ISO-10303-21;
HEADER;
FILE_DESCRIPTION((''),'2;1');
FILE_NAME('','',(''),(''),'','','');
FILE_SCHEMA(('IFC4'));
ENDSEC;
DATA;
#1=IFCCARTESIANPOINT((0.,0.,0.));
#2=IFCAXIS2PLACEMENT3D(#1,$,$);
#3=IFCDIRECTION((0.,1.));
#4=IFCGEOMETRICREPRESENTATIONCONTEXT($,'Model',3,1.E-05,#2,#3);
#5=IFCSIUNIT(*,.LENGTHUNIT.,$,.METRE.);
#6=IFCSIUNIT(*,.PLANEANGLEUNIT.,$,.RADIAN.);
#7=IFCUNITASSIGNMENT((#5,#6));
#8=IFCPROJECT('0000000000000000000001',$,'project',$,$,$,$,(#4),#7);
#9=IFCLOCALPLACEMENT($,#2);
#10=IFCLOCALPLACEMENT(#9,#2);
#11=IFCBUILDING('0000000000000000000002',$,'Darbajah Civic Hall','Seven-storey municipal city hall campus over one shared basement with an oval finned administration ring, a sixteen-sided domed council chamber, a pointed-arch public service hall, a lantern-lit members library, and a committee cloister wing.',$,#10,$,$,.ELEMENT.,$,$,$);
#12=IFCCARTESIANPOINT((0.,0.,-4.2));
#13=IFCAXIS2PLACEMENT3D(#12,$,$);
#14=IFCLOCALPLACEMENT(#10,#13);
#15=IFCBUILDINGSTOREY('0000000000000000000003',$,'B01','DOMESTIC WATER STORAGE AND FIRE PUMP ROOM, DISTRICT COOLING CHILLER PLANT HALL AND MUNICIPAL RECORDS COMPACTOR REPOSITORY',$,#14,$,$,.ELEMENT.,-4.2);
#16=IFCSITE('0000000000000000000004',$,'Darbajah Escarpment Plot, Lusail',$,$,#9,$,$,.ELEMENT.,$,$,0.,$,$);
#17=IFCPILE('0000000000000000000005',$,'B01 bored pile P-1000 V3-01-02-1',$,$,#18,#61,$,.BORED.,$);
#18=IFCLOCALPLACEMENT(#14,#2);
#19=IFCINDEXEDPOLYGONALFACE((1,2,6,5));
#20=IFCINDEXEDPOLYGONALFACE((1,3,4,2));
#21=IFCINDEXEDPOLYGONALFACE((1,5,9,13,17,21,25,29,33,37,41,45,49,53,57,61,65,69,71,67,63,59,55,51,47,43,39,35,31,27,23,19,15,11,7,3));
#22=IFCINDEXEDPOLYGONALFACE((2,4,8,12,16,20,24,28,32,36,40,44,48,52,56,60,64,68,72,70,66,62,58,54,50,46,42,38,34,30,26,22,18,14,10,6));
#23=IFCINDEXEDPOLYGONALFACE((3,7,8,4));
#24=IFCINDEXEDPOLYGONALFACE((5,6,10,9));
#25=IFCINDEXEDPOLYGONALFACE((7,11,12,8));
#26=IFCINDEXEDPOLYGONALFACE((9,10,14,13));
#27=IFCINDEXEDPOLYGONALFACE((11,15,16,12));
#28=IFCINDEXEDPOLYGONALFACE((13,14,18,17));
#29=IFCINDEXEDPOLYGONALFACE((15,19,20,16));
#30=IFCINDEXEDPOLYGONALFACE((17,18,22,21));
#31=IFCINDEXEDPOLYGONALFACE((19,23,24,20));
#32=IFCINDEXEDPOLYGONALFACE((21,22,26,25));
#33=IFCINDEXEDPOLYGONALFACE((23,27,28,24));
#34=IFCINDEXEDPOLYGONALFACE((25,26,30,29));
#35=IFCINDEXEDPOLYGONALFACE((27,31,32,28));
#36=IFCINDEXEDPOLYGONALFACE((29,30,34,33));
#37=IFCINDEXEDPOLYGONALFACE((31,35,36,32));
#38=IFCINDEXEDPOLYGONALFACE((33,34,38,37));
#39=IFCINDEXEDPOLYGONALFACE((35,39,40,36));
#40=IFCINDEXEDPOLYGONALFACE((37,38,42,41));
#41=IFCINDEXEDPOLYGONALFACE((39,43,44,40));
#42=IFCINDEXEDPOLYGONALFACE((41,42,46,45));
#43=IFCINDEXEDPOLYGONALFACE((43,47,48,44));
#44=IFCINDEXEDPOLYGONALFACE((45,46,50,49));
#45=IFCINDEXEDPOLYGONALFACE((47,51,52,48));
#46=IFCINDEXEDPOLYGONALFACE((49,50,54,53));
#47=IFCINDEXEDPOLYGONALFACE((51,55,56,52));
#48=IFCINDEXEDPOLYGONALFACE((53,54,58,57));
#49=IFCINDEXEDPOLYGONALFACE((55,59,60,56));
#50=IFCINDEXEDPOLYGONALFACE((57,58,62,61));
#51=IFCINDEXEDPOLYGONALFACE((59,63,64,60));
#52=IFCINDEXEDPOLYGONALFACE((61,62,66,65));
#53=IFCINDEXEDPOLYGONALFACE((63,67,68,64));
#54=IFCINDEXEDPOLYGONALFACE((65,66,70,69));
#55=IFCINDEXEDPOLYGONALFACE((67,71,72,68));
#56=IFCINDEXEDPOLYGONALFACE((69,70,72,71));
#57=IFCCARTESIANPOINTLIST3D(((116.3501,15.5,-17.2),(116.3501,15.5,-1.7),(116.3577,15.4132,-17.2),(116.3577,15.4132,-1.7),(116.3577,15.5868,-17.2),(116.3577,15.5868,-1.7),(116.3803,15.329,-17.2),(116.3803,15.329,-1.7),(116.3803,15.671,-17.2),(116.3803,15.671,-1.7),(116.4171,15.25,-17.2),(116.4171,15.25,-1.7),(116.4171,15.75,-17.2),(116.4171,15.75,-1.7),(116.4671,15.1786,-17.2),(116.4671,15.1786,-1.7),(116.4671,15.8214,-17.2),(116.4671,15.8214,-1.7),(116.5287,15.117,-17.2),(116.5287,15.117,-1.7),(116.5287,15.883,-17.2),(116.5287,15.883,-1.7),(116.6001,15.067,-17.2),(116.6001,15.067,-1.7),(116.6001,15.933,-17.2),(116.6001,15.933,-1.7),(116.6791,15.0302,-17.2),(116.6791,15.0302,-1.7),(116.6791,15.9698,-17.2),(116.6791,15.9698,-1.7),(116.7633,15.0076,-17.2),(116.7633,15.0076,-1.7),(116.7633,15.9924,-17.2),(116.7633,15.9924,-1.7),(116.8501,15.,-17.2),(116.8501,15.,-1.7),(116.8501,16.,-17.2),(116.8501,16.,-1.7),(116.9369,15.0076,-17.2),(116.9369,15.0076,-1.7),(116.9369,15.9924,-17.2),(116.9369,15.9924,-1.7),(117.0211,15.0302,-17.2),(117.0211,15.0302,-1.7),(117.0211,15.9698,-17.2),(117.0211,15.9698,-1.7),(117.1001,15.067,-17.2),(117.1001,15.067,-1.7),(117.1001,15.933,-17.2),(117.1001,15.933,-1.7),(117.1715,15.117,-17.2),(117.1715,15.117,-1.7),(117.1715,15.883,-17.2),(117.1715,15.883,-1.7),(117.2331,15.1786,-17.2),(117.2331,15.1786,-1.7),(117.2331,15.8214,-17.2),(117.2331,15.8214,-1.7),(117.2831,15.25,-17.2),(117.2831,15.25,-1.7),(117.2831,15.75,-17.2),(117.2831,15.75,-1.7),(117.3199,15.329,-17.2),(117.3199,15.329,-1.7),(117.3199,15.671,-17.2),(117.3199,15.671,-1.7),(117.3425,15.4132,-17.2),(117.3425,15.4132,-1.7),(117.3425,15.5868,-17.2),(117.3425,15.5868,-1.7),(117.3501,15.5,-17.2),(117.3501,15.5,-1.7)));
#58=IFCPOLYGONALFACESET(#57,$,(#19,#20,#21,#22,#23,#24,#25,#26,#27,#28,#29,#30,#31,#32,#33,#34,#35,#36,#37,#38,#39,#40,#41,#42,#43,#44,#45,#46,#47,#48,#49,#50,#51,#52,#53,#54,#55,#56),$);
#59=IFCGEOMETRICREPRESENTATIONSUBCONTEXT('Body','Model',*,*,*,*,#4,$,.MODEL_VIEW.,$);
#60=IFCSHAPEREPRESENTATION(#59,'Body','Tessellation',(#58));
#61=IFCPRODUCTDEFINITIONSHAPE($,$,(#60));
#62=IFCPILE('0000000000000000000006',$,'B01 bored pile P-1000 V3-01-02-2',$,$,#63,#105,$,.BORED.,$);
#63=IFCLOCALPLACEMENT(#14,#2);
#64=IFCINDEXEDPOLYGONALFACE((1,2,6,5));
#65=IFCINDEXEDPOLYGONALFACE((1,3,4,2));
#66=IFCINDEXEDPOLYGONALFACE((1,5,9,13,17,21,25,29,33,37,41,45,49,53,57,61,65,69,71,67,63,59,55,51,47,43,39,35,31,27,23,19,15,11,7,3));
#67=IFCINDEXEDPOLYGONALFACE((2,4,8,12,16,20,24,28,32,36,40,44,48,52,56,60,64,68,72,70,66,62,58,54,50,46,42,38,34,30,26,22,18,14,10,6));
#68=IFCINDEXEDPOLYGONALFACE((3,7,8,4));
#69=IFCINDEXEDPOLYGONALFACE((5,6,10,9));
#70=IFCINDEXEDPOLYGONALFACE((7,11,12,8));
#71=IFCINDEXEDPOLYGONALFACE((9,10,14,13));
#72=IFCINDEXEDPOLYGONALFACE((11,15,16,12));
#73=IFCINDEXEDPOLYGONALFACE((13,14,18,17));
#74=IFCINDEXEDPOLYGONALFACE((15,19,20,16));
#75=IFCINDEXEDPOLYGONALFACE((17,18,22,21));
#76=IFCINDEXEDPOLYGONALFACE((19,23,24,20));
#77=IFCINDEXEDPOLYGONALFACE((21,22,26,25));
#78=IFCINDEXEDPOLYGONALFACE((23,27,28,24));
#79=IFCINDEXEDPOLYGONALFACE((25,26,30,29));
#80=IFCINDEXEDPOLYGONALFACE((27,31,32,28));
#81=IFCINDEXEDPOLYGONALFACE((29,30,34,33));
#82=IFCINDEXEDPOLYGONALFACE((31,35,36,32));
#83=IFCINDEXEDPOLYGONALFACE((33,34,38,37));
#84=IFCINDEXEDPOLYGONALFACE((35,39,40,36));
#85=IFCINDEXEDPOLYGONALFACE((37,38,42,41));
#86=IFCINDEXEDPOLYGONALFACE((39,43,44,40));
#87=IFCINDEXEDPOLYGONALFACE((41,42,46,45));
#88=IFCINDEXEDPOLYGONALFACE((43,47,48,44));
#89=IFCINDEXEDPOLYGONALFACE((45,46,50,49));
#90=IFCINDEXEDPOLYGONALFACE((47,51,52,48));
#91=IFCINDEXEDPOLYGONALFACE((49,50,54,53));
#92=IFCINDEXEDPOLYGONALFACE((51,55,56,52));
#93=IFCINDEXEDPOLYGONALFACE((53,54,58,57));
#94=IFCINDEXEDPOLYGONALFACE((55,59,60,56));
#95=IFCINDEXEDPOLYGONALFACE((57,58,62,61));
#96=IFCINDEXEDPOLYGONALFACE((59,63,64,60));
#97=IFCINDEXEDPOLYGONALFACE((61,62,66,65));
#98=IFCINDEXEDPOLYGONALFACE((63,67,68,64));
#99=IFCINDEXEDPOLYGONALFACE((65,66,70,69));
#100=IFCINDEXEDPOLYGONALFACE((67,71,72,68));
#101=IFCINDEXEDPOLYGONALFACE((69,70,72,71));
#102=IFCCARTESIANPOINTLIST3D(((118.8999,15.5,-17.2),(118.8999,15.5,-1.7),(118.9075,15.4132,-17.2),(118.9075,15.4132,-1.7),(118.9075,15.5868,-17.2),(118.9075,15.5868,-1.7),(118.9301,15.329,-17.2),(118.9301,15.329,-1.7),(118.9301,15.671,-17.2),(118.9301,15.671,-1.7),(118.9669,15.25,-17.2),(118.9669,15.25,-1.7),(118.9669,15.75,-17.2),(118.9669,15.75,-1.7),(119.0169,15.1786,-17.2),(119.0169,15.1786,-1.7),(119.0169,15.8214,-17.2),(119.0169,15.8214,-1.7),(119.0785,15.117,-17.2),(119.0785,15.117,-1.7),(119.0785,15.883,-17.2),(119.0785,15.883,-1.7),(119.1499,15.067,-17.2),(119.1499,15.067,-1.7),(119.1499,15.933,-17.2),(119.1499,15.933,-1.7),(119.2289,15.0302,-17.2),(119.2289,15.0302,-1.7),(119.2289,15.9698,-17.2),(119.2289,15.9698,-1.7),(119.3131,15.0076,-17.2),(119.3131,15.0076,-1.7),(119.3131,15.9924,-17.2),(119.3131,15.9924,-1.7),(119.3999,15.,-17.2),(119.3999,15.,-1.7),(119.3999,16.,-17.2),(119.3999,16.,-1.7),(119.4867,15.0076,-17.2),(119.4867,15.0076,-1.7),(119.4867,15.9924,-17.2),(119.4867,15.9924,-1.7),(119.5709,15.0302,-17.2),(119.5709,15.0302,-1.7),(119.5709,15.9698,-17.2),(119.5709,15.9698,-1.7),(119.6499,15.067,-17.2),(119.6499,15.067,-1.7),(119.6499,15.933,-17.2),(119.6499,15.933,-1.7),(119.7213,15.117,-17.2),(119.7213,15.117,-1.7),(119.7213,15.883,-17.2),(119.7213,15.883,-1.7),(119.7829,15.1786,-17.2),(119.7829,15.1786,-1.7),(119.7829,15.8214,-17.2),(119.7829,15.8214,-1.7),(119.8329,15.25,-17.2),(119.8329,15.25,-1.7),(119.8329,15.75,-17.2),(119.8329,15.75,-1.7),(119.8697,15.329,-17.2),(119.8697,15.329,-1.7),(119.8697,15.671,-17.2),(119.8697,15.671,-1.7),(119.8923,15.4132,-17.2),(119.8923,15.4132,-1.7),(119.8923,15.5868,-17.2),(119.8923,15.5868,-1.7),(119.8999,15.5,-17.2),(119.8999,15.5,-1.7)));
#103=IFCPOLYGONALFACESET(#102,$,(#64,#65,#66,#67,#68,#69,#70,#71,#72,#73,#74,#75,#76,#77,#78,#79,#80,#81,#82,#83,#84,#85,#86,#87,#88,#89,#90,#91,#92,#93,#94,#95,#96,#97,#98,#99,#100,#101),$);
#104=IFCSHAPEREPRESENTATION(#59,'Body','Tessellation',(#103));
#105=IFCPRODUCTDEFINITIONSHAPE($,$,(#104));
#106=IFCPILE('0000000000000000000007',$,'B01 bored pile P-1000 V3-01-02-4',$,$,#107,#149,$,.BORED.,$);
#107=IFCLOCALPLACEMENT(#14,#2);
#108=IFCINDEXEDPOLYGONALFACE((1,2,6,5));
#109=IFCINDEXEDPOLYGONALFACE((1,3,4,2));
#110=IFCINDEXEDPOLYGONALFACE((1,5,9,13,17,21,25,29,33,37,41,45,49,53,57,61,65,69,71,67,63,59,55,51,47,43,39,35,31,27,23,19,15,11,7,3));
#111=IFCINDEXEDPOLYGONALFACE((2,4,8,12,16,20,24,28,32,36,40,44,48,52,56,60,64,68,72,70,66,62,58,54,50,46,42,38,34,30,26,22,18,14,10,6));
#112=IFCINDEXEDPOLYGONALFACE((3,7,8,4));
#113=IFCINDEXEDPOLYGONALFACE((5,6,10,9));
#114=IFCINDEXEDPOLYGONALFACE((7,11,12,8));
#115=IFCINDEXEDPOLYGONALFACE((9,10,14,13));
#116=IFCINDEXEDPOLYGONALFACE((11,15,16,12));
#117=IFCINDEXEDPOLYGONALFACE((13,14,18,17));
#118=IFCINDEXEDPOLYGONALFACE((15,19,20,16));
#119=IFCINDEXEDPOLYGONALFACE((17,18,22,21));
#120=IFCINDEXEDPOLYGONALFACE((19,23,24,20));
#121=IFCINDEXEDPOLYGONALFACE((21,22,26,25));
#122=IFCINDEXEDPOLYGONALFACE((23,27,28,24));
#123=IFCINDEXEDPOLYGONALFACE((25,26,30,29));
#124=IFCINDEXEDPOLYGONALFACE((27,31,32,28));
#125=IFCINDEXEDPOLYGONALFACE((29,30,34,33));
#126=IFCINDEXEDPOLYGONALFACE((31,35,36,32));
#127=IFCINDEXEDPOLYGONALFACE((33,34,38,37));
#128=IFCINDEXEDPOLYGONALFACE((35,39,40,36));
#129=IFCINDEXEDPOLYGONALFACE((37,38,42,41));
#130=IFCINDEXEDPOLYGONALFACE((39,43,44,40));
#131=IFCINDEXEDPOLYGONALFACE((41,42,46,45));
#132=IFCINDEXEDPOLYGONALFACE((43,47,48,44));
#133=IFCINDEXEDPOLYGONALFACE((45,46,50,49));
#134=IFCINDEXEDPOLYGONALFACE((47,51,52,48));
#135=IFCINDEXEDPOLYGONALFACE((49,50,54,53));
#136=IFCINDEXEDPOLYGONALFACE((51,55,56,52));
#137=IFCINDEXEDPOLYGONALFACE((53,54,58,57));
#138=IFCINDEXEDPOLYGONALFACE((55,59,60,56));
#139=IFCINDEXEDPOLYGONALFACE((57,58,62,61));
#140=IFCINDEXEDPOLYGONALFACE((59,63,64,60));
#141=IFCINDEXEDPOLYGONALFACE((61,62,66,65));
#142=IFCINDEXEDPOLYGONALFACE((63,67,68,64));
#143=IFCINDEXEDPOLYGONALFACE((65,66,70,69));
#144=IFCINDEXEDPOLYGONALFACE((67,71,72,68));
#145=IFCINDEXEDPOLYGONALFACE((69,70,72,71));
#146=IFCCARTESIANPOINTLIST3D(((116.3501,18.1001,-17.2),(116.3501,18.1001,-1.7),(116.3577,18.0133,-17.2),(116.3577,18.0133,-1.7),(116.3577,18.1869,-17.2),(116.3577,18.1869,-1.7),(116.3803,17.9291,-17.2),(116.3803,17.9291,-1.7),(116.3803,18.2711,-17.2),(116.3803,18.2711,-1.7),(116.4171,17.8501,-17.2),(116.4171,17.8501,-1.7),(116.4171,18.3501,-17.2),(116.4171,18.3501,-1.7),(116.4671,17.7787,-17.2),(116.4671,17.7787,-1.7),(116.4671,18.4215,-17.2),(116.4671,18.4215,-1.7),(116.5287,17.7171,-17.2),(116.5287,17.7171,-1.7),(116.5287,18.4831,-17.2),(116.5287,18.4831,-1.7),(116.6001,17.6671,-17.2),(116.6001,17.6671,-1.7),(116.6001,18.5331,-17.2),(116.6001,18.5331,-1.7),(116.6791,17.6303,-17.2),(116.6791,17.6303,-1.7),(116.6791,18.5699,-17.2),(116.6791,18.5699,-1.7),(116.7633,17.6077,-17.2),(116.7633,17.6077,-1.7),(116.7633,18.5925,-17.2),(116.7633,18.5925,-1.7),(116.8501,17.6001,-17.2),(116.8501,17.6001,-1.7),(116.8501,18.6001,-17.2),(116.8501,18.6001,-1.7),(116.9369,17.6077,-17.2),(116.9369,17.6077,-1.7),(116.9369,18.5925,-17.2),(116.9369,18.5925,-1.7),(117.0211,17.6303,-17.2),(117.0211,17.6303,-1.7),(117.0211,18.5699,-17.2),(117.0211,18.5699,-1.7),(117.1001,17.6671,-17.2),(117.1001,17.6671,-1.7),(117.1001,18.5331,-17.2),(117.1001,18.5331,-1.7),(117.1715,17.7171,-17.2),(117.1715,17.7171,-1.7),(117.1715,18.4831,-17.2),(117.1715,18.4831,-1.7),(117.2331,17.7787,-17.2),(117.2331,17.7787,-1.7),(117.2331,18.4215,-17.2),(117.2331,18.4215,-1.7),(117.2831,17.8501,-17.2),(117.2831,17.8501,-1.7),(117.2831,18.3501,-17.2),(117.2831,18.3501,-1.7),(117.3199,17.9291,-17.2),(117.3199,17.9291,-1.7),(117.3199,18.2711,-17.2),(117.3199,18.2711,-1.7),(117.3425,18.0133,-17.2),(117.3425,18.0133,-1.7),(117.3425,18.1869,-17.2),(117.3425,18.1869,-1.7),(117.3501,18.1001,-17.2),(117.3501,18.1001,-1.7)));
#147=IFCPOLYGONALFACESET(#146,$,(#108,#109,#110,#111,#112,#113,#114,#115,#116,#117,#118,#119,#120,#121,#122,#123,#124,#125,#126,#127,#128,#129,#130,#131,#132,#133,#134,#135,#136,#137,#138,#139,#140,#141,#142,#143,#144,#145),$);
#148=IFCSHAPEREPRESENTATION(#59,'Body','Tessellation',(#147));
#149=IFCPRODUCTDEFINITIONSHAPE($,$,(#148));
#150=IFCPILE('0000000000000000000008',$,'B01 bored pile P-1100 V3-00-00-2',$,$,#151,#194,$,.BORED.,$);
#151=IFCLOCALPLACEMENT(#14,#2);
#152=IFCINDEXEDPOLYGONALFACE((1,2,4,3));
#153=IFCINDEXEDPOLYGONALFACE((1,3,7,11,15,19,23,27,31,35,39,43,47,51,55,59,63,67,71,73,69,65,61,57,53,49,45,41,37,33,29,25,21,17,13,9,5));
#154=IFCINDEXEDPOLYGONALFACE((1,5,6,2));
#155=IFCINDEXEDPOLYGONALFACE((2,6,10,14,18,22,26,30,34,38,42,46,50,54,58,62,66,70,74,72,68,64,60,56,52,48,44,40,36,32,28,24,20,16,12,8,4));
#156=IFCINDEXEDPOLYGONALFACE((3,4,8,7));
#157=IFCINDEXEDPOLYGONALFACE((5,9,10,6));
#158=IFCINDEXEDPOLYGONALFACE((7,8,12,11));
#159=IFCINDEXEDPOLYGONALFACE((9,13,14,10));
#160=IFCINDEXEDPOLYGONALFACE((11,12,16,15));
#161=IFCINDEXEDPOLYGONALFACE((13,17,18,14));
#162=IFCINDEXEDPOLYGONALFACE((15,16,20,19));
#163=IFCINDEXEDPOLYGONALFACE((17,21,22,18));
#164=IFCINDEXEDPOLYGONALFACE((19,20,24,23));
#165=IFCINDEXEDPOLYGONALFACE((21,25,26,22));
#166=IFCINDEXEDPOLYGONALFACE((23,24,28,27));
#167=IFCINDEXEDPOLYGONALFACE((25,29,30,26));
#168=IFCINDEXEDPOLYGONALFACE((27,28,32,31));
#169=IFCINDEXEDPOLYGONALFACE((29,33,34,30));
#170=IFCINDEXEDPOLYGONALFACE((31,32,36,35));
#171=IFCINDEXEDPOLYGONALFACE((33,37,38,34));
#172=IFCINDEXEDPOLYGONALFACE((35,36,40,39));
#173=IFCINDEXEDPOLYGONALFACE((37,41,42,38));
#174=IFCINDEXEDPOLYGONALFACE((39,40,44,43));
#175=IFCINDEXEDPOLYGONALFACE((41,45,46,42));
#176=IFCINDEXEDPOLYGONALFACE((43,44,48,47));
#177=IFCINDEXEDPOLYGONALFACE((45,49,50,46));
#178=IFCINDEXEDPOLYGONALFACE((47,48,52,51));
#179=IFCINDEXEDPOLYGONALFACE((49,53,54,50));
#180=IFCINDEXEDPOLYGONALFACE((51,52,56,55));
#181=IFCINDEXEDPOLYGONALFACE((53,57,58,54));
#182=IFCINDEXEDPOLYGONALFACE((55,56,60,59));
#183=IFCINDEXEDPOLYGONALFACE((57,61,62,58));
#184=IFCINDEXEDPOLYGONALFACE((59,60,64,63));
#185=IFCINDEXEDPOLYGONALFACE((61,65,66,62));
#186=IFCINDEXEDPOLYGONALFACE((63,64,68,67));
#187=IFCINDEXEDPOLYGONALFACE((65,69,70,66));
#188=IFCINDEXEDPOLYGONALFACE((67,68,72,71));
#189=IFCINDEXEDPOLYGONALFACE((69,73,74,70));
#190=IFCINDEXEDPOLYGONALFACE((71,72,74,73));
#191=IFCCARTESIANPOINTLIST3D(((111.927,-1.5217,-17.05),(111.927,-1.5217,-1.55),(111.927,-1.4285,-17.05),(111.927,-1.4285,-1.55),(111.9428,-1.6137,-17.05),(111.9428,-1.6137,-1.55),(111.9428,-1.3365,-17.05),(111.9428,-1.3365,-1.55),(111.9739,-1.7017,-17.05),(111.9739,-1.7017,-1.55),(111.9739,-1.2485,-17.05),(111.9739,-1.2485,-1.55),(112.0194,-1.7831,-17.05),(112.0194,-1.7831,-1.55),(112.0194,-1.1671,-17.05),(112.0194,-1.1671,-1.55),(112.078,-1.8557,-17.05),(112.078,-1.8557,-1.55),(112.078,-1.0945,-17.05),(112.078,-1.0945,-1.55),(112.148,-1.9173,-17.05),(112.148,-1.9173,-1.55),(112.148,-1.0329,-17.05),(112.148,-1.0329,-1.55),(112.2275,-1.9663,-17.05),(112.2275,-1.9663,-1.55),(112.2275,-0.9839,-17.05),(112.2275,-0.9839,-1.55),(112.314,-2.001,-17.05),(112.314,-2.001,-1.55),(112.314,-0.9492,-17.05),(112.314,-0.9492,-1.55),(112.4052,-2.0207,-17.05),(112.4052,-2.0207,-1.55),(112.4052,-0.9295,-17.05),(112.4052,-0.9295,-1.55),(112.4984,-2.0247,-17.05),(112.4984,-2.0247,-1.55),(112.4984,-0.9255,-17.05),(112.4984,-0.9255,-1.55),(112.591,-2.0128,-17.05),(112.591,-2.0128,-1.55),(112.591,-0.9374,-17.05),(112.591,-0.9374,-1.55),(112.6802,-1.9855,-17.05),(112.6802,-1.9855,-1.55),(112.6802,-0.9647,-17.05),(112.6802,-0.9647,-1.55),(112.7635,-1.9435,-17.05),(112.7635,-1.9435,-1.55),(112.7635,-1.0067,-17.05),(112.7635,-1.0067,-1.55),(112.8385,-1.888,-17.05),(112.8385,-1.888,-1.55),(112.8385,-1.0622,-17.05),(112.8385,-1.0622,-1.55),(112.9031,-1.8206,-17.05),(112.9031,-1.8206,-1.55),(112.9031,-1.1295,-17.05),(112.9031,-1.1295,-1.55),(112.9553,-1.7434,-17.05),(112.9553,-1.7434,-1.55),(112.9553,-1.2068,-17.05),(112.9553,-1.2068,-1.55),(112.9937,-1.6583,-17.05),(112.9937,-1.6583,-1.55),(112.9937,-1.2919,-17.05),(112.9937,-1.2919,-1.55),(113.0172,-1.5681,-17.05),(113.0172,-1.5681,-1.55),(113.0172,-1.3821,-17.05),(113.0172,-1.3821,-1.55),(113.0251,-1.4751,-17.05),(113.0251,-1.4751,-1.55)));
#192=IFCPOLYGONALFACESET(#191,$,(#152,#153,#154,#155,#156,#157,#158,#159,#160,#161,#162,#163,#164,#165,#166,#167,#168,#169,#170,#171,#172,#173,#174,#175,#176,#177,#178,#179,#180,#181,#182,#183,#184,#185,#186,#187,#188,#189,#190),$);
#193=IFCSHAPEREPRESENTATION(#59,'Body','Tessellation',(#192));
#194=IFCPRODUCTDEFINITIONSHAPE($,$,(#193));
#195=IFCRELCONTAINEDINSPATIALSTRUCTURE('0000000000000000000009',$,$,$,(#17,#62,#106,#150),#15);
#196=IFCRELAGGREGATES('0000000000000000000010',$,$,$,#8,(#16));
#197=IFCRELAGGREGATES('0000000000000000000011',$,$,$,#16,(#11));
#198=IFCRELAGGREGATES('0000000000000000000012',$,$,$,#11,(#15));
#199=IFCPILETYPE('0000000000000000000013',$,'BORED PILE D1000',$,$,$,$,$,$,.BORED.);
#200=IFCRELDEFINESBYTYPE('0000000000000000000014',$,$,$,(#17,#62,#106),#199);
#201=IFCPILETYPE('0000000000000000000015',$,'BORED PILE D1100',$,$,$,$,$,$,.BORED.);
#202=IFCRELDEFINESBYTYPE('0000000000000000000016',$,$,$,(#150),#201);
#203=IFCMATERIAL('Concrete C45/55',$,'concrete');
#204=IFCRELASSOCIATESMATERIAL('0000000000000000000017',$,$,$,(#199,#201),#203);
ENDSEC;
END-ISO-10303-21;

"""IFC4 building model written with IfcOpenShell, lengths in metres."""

from ifc_helpers import new_model, si_unit, direction, frame, origin, origin_2d, place, context, subcontext, project, spatial, circle, extrude, material, material_profile, profile_set, type_object, element, save


model = new_model("IFC4")

# Units and contexts
model_context = context("Model", 3, precision=1e-05, world=origin(), true_north=direction((0.0, 1.0)))
body_context = subcontext(model_context, "Body", "Model", "MODEL_VIEW")
ifc_project = project(units=[si_unit("LENGTHUNIT", "METRE"), si_unit("PLANEANGLEUNIT", "RADIAN")], contexts=[model_context])

# Site, building, storey
site_placement = place(None, origin())
site = spatial("IfcSite", under=ifc_project, at=site_placement, Name="Darbajah Escarpment Plot, Lusail", CompositionType="ELEMENT", RefElevation=0.0)
building_placement = place(site_placement, origin())
building = spatial("IfcBuilding", under=site, at=building_placement, Name="Darbajah Civic Hall", Description="Seven-storey municipal city hall campus over one shared basement with an oval finned administration ring, a sixteen-sided domed council chamber, a pointed-arch public service hall, a lantern-lit members library, and a committee cloister wing.", CompositionType="ELEMENT")
storey_placement = place(building_placement, frame((0.0, 0.0, -4.2)))
storey = spatial("IfcBuildingStorey", under=building, at=storey_placement, Name="B01", Description="DOMESTIC WATER STORAGE AND FIRE PUMP ROOM, DISTRICT COOLING CHILLER PLANT HALL AND MUNICIPAL RECORDS COMPACTOR REPOSITORY", CompositionType="ELEMENT", Elevation=-4.2)

# Piles
ifc_material_1 = material(Name="Concrete C45/55", Category="concrete")
ifc_material_profile_1 = material_profile(ifc_material_1, circle(Radius=0.5, at=origin_2d()), Name="BORED PILE D1000")
ifc_profile_set_1 = profile_set([ifc_material_profile_1], Name="Concrete C45/55")
pile_type_1 = type_object("IfcPileType", Name="BORED PILE D1000", PredefinedType="BORED", material=ifc_profile_set_1)
for number, where, z_axis, x_axis, name in (
    (1, (116.8501, 15.5, -1.7), (0.0, 0.0, -1.0), (1.0, 0.0, 0.0), "B01 bored pile P-1000 V3-01-02-1"),
    (2, (119.3999, 15.5, -1.7), (0.0, 0.0, -1.0), (1.0, 0.0, 0.0), "B01 bored pile P-1000 V3-01-02-2"),
    (3, (116.8501, 18.1001, -1.7), (0.0, 0.0, -1.0), (1.0, 0.0, 0.0), "B01 bored pile P-1000 V3-01-02-4"),
):
    element("IfcPile", number, at=place(storey_placement, frame(where, z_axis=z_axis, x_axis=x_axis)), inside=storey, type_object=pile_type_1, Name=name, PredefinedType="BORED", context=body_context, shape_type="SweptSolid", body=[
        extrude(circle(Radius=0.5, at=origin_2d()), origin(), (0.0, 0.0, 1.0), 15.5),
    ])
ifc_material_profile_2 = material_profile(ifc_material_1, circle(Radius=0.55, at=origin_2d()), Name="BORED PILE D1100")
ifc_profile_set_2 = profile_set([ifc_material_profile_2], Name="Concrete C45/55")
pile_type_2 = type_object("IfcPileType", Name="BORED PILE D1100", PredefinedType="BORED", material=ifc_profile_set_2)
for number, where, z_axis, x_axis, name in (
    (4, (112.4751, -1.4751, -1.55), (0.0, 0.0, -1.0), (1.0, 0.0, 0.0), "B01 bored pile P-1100 V3-00-00-2"),
):
    element("IfcPile", number, at=place(storey_placement, frame(where, z_axis=z_axis, x_axis=x_axis)), inside=storey, type_object=pile_type_2, Name=name, PredefinedType="BORED", context=body_context, shape_type="SweptSolid", body=[
        extrude(circle(Radius=0.55, at=origin_2d()), origin(), (0.0, 0.0, 1.0), 15.5),
    ])

save(model, "model.ifc")
